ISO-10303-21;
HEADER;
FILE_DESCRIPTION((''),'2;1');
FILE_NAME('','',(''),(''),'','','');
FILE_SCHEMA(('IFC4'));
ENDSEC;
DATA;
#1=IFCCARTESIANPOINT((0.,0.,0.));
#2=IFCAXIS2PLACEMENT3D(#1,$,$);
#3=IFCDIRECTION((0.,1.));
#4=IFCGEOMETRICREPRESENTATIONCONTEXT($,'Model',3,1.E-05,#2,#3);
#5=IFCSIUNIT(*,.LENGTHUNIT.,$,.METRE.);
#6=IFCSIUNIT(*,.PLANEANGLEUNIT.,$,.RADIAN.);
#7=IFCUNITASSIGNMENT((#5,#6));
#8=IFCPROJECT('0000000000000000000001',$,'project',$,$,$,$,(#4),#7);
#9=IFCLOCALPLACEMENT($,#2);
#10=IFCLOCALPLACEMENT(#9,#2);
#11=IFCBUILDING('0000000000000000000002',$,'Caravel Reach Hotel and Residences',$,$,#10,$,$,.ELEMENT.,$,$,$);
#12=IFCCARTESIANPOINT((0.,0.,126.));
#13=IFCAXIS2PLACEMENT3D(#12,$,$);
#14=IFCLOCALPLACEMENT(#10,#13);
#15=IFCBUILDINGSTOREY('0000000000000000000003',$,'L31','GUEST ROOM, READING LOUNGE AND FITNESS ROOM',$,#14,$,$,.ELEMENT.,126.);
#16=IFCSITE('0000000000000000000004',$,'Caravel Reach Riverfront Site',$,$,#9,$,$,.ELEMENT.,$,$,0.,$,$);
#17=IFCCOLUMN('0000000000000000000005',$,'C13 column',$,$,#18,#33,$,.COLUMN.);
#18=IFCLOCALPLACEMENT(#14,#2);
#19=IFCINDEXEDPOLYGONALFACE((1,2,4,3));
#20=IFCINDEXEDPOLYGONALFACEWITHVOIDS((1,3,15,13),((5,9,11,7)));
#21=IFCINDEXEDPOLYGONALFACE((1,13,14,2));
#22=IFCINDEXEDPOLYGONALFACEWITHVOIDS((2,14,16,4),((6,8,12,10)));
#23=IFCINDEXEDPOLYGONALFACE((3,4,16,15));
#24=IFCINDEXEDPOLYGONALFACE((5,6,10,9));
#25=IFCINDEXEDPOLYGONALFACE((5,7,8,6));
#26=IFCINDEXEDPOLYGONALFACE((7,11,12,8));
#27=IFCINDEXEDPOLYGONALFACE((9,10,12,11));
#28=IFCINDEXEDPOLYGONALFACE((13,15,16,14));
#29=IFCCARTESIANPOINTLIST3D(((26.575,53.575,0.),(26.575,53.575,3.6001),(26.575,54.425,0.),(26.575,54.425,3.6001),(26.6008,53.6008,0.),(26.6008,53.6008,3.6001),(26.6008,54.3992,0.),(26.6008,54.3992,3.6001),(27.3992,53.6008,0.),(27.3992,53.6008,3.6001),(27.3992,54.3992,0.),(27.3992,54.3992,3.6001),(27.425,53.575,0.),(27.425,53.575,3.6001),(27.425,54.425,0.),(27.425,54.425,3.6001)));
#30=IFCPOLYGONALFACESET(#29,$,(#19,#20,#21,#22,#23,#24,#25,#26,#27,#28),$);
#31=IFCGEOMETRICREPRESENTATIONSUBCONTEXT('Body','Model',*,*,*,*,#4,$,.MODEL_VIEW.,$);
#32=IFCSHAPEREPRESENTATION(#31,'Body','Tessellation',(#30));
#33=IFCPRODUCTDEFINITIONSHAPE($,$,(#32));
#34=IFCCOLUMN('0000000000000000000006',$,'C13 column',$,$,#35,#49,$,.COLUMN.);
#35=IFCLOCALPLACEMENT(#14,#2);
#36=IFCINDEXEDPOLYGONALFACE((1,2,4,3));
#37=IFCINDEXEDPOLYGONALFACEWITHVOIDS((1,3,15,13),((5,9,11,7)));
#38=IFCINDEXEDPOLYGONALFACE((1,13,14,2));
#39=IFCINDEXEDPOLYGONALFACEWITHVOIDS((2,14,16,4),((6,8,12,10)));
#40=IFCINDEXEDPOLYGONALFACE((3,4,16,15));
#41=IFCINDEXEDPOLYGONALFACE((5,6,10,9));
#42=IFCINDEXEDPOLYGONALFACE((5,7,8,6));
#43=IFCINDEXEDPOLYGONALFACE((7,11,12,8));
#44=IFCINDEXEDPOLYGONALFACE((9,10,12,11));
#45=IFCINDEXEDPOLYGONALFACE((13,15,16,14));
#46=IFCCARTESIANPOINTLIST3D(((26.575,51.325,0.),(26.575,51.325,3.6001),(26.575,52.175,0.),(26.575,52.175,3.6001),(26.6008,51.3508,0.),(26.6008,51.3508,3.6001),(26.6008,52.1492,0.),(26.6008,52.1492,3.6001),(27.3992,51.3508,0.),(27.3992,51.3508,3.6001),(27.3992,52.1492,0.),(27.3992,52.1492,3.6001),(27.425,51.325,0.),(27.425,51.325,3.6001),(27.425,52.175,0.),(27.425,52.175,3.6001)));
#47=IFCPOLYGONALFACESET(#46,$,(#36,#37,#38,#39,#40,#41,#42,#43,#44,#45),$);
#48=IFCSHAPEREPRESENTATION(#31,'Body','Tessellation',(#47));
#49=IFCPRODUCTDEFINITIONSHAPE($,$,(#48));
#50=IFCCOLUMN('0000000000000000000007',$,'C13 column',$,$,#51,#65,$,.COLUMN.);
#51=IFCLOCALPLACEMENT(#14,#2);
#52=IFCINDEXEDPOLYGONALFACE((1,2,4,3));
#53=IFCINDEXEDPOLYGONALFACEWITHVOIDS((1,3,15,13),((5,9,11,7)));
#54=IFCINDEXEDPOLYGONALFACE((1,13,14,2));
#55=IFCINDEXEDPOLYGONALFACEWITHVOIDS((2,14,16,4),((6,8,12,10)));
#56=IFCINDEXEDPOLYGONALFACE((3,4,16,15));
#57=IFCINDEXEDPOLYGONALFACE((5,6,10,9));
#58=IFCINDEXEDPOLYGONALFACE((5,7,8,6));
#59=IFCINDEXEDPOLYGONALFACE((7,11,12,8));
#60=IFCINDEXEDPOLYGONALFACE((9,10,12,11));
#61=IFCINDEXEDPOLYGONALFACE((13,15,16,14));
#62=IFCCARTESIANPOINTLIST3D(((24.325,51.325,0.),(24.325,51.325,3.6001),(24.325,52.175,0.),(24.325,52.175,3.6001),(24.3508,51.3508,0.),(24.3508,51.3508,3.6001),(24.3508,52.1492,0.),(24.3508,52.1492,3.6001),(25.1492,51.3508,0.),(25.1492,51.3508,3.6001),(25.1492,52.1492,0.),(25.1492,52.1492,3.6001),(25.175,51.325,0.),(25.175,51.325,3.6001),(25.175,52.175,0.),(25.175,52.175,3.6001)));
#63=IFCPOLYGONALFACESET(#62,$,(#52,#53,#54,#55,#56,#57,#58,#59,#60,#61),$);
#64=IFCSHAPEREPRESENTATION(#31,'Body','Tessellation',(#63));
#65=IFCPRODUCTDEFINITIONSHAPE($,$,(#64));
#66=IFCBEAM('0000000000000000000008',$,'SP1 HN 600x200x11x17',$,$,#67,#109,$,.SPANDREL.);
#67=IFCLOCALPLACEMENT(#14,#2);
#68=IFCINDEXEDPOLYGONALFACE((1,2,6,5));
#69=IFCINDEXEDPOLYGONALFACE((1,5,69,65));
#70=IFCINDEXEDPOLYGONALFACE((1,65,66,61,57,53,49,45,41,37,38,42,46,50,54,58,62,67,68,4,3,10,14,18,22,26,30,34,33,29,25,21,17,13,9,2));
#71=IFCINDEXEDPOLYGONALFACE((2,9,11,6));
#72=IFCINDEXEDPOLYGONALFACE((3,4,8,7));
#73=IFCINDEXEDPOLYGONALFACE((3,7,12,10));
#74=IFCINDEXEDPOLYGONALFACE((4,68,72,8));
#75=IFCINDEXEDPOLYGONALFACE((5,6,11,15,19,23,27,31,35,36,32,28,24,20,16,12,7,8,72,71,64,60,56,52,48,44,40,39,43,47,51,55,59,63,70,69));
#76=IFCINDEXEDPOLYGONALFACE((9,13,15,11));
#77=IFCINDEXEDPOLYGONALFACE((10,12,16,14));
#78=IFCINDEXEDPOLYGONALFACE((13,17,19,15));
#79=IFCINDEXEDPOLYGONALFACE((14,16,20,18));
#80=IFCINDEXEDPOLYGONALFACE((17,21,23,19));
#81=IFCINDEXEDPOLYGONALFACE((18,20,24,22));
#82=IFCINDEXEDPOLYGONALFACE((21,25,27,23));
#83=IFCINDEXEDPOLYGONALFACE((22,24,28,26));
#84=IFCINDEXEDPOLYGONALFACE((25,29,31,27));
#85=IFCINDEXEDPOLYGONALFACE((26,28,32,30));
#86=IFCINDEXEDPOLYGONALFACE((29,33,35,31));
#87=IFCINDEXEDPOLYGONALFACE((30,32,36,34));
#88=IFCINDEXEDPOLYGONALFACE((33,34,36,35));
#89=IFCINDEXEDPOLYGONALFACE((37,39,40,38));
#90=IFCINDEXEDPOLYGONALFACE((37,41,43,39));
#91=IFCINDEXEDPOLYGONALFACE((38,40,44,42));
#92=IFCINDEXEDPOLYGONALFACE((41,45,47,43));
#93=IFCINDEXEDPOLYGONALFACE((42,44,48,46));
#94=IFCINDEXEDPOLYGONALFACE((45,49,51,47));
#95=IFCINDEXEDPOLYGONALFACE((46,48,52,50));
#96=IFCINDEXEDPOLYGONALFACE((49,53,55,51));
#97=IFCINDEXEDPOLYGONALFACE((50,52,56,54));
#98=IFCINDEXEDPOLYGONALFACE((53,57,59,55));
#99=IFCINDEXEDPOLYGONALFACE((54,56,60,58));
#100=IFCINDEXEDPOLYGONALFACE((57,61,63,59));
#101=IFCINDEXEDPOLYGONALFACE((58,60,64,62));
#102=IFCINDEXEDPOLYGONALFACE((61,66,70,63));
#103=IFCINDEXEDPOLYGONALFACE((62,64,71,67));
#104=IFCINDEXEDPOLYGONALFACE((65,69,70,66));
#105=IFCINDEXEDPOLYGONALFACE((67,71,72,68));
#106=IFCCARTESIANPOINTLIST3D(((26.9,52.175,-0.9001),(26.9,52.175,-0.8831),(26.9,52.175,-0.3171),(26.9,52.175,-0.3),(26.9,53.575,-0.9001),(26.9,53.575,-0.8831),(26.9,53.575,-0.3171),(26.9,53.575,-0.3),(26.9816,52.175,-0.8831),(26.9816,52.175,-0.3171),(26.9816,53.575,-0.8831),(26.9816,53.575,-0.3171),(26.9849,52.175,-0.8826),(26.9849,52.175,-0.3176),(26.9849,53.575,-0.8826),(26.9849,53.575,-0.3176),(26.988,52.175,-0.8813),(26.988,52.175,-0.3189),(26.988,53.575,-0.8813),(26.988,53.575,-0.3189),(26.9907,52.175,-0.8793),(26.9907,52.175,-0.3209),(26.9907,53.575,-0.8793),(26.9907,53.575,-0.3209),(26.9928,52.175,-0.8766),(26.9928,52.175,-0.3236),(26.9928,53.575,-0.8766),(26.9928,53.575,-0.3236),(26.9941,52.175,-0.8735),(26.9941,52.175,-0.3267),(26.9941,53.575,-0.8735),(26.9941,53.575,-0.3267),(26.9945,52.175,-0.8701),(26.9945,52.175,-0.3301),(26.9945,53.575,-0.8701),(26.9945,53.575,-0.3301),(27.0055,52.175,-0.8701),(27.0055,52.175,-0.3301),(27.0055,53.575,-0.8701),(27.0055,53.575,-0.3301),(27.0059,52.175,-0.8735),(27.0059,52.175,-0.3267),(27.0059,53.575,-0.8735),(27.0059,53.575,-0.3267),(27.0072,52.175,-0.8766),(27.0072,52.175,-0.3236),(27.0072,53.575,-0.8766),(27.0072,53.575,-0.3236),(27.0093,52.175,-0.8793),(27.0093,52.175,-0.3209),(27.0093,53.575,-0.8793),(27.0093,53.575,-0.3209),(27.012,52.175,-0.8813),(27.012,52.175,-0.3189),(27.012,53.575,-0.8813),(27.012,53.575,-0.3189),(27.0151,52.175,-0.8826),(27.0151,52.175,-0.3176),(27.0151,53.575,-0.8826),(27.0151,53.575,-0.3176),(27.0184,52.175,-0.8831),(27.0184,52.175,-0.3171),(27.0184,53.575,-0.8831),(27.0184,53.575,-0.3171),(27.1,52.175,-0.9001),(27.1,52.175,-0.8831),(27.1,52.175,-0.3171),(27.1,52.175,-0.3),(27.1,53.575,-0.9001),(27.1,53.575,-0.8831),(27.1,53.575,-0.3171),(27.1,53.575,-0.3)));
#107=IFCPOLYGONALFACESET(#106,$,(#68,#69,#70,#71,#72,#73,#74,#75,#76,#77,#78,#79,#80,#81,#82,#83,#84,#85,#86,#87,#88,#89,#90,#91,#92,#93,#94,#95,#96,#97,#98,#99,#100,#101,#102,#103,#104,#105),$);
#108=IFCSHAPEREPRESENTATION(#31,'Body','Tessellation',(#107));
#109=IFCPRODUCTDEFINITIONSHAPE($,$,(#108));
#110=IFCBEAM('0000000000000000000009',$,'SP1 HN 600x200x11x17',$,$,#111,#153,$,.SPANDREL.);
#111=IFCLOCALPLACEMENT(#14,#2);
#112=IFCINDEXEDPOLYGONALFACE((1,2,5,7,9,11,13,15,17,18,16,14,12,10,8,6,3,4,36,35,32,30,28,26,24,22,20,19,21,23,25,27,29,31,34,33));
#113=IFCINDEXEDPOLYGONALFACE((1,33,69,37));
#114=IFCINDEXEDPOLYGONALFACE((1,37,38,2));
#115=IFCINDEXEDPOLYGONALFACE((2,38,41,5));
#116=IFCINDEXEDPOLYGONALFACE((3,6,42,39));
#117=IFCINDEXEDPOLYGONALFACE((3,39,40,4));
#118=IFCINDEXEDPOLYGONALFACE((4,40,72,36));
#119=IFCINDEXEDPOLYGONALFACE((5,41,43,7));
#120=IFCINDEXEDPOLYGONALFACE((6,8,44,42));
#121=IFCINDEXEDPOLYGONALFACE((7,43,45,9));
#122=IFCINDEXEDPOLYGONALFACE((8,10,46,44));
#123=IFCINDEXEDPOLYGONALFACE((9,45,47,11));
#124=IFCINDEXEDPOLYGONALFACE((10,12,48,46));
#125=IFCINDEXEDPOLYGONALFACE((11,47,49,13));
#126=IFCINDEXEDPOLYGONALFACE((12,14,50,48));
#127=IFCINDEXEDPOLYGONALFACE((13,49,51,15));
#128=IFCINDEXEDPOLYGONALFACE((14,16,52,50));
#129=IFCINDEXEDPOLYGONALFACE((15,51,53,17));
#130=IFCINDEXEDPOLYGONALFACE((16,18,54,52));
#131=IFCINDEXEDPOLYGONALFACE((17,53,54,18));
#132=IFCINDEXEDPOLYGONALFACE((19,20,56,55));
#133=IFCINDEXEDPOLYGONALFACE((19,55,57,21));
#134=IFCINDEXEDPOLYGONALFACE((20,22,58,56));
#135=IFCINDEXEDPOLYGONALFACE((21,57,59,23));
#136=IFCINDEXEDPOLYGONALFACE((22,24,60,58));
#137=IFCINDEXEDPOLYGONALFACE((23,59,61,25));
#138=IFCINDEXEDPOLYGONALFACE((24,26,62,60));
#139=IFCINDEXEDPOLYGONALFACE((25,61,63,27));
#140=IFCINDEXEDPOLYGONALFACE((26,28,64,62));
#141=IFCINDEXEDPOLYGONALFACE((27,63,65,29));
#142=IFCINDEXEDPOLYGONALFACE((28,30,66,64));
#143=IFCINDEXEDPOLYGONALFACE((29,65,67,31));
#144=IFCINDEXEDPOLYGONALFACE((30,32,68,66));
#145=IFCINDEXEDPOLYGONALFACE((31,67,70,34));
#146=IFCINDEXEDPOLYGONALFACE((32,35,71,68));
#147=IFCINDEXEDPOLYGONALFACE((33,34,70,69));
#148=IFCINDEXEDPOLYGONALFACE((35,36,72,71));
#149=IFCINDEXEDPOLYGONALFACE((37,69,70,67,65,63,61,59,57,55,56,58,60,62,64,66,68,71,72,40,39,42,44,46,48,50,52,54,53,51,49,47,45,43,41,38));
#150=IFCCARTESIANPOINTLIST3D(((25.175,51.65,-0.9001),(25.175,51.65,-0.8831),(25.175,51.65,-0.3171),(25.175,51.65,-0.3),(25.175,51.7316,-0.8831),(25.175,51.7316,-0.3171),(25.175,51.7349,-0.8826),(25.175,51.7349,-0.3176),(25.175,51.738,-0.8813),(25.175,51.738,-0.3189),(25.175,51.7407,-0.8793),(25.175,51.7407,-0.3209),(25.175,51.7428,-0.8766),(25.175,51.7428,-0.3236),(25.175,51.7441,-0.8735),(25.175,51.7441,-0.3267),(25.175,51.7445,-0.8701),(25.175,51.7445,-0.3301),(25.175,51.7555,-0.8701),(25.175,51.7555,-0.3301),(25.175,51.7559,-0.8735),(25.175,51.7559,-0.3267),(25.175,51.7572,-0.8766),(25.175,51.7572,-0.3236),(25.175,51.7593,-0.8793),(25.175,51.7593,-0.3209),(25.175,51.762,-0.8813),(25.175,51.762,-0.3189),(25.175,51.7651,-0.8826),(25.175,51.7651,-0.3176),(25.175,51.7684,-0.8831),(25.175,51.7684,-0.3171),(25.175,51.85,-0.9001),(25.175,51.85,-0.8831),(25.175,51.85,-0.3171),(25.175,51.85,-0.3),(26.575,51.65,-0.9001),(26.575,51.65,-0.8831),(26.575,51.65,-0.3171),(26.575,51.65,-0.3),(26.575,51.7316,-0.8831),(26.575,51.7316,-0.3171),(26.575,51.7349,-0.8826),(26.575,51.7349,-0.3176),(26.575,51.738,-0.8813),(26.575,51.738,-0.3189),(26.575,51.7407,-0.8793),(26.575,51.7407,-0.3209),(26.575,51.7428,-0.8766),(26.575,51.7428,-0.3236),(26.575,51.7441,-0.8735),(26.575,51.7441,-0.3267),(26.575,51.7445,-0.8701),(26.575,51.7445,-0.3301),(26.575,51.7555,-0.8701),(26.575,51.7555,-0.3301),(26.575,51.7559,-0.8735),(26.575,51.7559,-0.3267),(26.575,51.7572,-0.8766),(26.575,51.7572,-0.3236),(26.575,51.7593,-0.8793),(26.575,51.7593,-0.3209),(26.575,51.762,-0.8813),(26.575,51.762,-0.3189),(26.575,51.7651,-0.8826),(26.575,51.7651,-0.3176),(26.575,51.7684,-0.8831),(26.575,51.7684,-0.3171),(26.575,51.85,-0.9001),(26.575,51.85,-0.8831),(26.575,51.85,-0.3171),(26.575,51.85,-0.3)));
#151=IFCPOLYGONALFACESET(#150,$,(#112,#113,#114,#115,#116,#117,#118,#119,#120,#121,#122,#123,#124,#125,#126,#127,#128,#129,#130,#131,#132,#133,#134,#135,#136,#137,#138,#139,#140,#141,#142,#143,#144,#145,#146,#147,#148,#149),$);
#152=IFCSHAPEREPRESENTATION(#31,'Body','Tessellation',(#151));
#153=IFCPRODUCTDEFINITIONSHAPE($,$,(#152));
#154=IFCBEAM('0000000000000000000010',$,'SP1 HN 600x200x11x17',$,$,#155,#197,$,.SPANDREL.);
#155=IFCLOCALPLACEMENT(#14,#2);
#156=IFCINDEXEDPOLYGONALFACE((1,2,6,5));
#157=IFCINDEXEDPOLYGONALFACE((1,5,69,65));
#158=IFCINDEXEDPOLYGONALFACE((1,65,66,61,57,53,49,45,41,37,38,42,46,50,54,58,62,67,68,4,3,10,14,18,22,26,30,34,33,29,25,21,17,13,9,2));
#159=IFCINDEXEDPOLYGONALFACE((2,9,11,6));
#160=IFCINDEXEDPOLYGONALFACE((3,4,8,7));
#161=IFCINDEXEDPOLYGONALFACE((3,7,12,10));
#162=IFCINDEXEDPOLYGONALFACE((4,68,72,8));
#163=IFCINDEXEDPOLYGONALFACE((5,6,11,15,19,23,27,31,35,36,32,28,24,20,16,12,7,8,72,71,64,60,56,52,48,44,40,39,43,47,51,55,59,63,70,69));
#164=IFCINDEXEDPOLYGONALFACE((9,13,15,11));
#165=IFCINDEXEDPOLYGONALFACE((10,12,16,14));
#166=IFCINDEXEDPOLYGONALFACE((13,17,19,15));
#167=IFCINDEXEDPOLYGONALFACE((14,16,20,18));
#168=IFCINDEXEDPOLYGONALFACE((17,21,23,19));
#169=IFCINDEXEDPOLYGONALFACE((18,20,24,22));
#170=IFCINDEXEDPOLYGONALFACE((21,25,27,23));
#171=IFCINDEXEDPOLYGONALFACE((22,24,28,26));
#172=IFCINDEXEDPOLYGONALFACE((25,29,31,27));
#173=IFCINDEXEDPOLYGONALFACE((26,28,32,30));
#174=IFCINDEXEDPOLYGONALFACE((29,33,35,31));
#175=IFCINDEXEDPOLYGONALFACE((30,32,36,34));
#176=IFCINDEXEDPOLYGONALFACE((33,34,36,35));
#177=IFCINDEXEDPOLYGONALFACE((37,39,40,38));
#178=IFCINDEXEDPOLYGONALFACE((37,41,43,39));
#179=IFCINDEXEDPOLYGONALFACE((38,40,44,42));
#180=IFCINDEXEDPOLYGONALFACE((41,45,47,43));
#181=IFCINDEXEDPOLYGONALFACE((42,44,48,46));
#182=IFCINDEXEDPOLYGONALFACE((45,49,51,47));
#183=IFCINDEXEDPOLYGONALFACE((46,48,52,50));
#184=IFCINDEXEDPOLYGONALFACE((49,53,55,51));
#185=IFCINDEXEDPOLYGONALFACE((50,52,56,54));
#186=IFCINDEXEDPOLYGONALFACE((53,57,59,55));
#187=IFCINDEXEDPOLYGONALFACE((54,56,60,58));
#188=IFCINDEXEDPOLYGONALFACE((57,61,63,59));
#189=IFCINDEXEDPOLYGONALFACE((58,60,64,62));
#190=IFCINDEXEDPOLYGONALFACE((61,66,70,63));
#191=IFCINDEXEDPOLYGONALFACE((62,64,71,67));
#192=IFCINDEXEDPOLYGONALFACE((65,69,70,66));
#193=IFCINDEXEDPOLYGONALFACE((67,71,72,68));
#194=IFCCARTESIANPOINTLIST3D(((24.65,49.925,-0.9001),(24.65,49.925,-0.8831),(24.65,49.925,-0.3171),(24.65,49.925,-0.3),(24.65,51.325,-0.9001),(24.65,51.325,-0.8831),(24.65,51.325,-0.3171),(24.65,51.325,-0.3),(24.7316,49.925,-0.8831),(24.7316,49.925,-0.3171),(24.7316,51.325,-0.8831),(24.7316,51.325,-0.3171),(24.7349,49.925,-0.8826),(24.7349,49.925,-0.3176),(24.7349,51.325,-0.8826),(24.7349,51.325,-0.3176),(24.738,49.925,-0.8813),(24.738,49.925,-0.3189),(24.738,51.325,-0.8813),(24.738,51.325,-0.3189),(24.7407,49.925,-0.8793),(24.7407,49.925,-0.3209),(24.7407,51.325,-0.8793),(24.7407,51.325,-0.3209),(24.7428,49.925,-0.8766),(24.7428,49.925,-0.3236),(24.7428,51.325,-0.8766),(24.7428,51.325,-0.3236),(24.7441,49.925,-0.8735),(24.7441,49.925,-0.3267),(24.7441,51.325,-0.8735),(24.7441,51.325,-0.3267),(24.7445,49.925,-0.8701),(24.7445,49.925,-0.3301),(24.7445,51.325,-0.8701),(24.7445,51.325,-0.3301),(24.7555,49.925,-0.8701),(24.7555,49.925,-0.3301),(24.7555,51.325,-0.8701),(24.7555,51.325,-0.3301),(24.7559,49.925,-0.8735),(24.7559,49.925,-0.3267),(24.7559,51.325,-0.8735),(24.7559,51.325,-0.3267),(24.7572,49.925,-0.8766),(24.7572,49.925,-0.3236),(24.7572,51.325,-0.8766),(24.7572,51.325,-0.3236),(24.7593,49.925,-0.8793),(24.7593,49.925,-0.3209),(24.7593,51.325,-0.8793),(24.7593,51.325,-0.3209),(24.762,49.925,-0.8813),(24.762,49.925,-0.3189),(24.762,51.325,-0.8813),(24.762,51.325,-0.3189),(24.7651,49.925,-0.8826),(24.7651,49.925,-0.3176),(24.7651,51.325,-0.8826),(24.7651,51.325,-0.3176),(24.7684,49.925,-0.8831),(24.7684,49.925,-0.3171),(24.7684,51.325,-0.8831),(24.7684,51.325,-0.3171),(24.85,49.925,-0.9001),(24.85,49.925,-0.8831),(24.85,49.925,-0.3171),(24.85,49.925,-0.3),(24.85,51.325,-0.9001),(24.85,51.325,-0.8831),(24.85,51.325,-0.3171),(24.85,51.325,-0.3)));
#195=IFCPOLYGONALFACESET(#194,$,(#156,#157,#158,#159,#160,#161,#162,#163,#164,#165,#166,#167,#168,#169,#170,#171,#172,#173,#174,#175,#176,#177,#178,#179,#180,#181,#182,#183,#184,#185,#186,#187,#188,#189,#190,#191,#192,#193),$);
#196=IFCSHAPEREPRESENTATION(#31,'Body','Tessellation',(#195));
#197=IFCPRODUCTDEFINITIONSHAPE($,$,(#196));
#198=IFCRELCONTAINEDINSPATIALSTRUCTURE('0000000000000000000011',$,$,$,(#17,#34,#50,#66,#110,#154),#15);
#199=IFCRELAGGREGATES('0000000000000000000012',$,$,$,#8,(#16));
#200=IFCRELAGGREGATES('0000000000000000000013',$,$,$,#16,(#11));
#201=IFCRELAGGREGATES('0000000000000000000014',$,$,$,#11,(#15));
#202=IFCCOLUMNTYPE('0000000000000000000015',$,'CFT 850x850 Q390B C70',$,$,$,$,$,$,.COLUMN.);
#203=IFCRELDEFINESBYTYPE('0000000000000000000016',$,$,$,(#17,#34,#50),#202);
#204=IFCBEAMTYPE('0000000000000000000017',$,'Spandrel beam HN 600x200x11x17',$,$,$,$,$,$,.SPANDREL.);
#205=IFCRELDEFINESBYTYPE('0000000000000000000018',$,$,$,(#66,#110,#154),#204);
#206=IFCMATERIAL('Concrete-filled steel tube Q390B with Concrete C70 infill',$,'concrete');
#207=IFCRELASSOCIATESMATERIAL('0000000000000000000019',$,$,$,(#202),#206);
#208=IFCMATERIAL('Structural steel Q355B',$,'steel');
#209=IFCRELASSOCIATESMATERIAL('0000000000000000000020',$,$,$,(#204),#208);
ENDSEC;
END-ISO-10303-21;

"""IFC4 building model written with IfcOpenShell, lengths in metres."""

from ifc_helpers import new_model, si_unit, direction, frame, origin, origin_2d, place, context, subcontext, project, spatial, hollow_rectangle, i_section, extrude, material, material_profile, profile_set, type_object, element, save


model = new_model("IFC4")

# Units and contexts
model_context = context("Model", 3, precision=1e-05, world=origin(), true_north=direction((0.0, 1.0)))
body_context = subcontext(model_context, "Body", "Model", "MODEL_VIEW")
ifc_project = project(units=[si_unit("LENGTHUNIT", "METRE"), si_unit("PLANEANGLEUNIT", "RADIAN")], contexts=[model_context])

# Site, building, storey
site_placement = place(None, origin())
site = spatial("IfcSite", under=ifc_project, at=site_placement, Name="Caravel Reach Riverfront Site", CompositionType="ELEMENT", RefElevation=0.0)
building_placement = place(site_placement, origin())
building = spatial("IfcBuilding", under=site, at=building_placement, Name="Caravel Reach Hotel and Residences", CompositionType="ELEMENT")
storey_placement = place(building_placement, frame((0.0, 0.0, 126.0)))
storey = spatial("IfcBuildingStorey", under=building, at=storey_placement, Name="L31", Description="GUEST ROOM, READING LOUNGE AND FITNESS ROOM", CompositionType="ELEMENT", Elevation=126.0)

# Columns
ifc_material_1 = material(Name="Concrete-filled steel tube Q390B with Concrete C70 infill", Category="concrete")
ifc_material_profile_1 = material_profile(ifc_material_1, hollow_rectangle(XDim=0.8501, YDim=0.8501, WallThickness=0.0259, at=origin_2d()), Name="RHS 850x850x26")
ifc_profile_set_1 = profile_set([ifc_material_profile_1], Name="Concrete-filled steel tube Q390B with Concrete C70 infill")
column_type = type_object("IfcColumnType", Name="CFT 850x850 Q390B C70", PredefinedType="COLUMN", material=ifc_profile_set_1)
for number, where, z_axis, x_axis, name in (
    (1, (27.0, 54.0, 0.0), (0.0, 0.0, 1.0), (1.0, 0.0, 0.0), "C13 column"),
    (2, (27.0, 51.75, 0.0), (0.0, 0.0, 1.0), (1.0, 0.0, 0.0), "C13 column"),
    (3, (24.75, 51.75, 0.0), (0.0, 0.0, 1.0), (1.0, 0.0, 0.0), "C13 column"),
):
    element("IfcColumn", number, at=place(storey_placement, frame(where, z_axis=z_axis, x_axis=x_axis)), inside=storey, type_object=column_type, Name=name, PredefinedType="COLUMN", context=body_context, shape_type="SweptSolid", body=[
        extrude(hollow_rectangle(XDim=0.8501, YDim=0.8501, WallThickness=0.0259, at=origin_2d()), origin(), (0.0, 0.0, 1.0), 3.6001),
    ])

# Beams
ifc_material_2 = material(Name="Structural steel Q355B", Category="steel")
ifc_material_profile_2 = material_profile(ifc_material_2, i_section(OverallWidth=0.2, OverallDepth=0.6001, WebThickness=0.011, FlangeThickness=0.0171, FilletRadius=0.0129, at=origin_2d()), Name="HN 600x200x11x17")
ifc_profile_set_2 = profile_set([ifc_material_profile_2], Name="Structural steel Q355B")
beam_type = type_object("IfcBeamType", Name="Spandrel beam HN 600x200x11x17", PredefinedType="SPANDREL", material=ifc_profile_set_2)
for number, where, z_axis, x_axis, name in (
    (4, (27.0, 53.575, -0.6001), (0.0, -1.0, 0.0), (1.0, 0.0, 0.0), "SP1 HN 600x200x11x17"),
    (5, (26.575, 51.75, -0.6001), (-1.0, 0.0, 0.0), (0.0, -1.0, 0.0), "SP1 HN 600x200x11x17"),
    (6, (24.75, 51.325, -0.6001), (0.0, -1.0, 0.0), (1.0, 0.0, 0.0), "SP1 HN 600x200x11x17"),
):
    element("IfcBeam", number, at=place(storey_placement, frame(where, z_axis=z_axis, x_axis=x_axis)), inside=storey, type_object=beam_type, Name=name, PredefinedType="SPANDREL", context=body_context, shape_type="SweptSolid", body=[
        extrude(i_section(OverallWidth=0.2, OverallDepth=0.6001, WebThickness=0.011, FlangeThickness=0.0171, FilletRadius=0.0129, at=origin_2d()), origin(), (0.0, 0.0, 1.0), 1.3999),
    ])

save(model, "model.ifc")
